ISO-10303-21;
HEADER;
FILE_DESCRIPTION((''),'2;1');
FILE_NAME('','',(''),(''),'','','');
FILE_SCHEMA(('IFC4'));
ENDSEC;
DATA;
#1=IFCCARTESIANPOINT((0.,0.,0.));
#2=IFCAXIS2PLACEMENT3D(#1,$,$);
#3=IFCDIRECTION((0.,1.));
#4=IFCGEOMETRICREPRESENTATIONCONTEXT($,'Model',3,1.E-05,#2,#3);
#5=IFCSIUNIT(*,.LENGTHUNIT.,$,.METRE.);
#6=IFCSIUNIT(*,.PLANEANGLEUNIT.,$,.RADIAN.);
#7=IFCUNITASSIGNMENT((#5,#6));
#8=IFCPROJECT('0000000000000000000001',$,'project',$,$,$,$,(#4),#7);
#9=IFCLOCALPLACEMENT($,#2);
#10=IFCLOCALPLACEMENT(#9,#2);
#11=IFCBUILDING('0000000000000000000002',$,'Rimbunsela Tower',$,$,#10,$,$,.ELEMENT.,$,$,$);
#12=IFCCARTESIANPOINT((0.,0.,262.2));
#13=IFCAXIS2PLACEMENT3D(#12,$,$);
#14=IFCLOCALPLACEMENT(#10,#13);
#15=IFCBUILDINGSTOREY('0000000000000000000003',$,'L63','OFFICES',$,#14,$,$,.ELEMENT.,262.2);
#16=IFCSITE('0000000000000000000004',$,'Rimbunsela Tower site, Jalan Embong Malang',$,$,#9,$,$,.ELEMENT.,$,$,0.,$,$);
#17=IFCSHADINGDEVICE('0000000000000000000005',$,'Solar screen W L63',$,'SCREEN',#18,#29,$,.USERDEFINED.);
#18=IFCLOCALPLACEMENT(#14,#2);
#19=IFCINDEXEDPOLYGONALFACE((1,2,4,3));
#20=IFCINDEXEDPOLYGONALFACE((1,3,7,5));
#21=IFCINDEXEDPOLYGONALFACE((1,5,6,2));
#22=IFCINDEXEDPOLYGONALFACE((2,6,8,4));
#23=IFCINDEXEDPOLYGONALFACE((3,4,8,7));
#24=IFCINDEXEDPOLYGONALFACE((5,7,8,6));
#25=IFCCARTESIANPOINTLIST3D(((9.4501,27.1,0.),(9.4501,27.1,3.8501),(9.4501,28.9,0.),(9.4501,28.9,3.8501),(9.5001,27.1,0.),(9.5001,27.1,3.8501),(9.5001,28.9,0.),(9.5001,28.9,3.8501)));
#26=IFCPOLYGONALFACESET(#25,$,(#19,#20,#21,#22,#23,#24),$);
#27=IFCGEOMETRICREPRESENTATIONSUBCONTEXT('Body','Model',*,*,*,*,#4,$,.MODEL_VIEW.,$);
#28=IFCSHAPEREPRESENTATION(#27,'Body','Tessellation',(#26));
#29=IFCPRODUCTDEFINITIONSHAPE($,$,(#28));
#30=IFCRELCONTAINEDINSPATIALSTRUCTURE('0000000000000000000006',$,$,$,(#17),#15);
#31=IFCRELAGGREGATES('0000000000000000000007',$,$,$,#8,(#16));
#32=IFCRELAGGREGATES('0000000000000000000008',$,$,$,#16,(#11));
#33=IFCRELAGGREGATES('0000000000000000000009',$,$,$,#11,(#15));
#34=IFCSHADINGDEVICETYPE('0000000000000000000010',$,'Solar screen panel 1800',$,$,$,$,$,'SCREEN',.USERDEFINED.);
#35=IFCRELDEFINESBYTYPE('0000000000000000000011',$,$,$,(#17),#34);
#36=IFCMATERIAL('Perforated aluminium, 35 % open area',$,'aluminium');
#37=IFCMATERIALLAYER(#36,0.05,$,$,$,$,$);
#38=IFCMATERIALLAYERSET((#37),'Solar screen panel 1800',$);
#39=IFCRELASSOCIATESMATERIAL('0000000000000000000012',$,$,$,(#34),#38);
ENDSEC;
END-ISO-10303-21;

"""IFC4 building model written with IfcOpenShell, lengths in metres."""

from ifc_helpers import new_model, si_unit, direction, frame, origin, origin_2d, place, context, subcontext, project, spatial, rectangle, extrude, material, layer, layer_set, type_object, element, save


model = new_model("IFC4")

# Units and contexts
model_context = context("Model", 3, precision=1e-05, world=origin(), true_north=direction((0.0, 1.0)))
body_context = subcontext(model_context, "Body", "Model", "MODEL_VIEW")
ifc_project = project(units=[si_unit("LENGTHUNIT", "METRE"), si_unit("PLANEANGLEUNIT", "RADIAN")], contexts=[model_context])

# Site, building, storey
site_placement = place(None, origin())
site = spatial("IfcSite", under=ifc_project, at=site_placement, Name="Rimbunsela Tower site, Jalan Embong Malang", CompositionType="ELEMENT", RefElevation=0.0)
building_placement = place(site_placement, origin())
building = spatial("IfcBuilding", under=site, at=building_placement, Name="Rimbunsela Tower", CompositionType="ELEMENT")
storey_placement = place(building_placement, frame((0.0, 0.0, 262.2)))
storey = spatial("IfcBuildingStorey", under=building, at=storey_placement, Name="L63", Description="OFFICES", CompositionType="ELEMENT", Elevation=262.2)

# Shading device
ifc_material_1 = material(Name="Perforated aluminium, 35 % open area", Category="aluminium")
ifc_layer_1 = layer(ifc_material_1, 0.05)
ifc_layer_set_1 = layer_set([ifc_layer_1], Name="Solar screen panel 1800")
shading_device_type = type_object("IfcShadingDeviceType", Name="Solar screen panel 1800", ElementType="SCREEN", PredefinedType="USERDEFINED", material=ifc_layer_set_1)
for number, where, z_axis, x_axis, name in (
    (1, (9.4751, 28.0, 0.0), (0.0, 0.0, 1.0), (0.0, 1.0, 0.0), "Solar screen W L63"),
):
    element("IfcShadingDevice", number, at=place(storey_placement, frame(where, z_axis=z_axis, x_axis=x_axis)), inside=storey, type_object=shading_device_type, Name=name, ObjectType="SCREEN", PredefinedType="USERDEFINED", context=body_context, shape_type="SweptSolid", body=[
        extrude(rectangle(XDim=1.8, YDim=0.05, at=origin_2d()), origin(), (0.0, 0.0, 1.0), 3.8501),
    ])

save(model, "model.ifc")
